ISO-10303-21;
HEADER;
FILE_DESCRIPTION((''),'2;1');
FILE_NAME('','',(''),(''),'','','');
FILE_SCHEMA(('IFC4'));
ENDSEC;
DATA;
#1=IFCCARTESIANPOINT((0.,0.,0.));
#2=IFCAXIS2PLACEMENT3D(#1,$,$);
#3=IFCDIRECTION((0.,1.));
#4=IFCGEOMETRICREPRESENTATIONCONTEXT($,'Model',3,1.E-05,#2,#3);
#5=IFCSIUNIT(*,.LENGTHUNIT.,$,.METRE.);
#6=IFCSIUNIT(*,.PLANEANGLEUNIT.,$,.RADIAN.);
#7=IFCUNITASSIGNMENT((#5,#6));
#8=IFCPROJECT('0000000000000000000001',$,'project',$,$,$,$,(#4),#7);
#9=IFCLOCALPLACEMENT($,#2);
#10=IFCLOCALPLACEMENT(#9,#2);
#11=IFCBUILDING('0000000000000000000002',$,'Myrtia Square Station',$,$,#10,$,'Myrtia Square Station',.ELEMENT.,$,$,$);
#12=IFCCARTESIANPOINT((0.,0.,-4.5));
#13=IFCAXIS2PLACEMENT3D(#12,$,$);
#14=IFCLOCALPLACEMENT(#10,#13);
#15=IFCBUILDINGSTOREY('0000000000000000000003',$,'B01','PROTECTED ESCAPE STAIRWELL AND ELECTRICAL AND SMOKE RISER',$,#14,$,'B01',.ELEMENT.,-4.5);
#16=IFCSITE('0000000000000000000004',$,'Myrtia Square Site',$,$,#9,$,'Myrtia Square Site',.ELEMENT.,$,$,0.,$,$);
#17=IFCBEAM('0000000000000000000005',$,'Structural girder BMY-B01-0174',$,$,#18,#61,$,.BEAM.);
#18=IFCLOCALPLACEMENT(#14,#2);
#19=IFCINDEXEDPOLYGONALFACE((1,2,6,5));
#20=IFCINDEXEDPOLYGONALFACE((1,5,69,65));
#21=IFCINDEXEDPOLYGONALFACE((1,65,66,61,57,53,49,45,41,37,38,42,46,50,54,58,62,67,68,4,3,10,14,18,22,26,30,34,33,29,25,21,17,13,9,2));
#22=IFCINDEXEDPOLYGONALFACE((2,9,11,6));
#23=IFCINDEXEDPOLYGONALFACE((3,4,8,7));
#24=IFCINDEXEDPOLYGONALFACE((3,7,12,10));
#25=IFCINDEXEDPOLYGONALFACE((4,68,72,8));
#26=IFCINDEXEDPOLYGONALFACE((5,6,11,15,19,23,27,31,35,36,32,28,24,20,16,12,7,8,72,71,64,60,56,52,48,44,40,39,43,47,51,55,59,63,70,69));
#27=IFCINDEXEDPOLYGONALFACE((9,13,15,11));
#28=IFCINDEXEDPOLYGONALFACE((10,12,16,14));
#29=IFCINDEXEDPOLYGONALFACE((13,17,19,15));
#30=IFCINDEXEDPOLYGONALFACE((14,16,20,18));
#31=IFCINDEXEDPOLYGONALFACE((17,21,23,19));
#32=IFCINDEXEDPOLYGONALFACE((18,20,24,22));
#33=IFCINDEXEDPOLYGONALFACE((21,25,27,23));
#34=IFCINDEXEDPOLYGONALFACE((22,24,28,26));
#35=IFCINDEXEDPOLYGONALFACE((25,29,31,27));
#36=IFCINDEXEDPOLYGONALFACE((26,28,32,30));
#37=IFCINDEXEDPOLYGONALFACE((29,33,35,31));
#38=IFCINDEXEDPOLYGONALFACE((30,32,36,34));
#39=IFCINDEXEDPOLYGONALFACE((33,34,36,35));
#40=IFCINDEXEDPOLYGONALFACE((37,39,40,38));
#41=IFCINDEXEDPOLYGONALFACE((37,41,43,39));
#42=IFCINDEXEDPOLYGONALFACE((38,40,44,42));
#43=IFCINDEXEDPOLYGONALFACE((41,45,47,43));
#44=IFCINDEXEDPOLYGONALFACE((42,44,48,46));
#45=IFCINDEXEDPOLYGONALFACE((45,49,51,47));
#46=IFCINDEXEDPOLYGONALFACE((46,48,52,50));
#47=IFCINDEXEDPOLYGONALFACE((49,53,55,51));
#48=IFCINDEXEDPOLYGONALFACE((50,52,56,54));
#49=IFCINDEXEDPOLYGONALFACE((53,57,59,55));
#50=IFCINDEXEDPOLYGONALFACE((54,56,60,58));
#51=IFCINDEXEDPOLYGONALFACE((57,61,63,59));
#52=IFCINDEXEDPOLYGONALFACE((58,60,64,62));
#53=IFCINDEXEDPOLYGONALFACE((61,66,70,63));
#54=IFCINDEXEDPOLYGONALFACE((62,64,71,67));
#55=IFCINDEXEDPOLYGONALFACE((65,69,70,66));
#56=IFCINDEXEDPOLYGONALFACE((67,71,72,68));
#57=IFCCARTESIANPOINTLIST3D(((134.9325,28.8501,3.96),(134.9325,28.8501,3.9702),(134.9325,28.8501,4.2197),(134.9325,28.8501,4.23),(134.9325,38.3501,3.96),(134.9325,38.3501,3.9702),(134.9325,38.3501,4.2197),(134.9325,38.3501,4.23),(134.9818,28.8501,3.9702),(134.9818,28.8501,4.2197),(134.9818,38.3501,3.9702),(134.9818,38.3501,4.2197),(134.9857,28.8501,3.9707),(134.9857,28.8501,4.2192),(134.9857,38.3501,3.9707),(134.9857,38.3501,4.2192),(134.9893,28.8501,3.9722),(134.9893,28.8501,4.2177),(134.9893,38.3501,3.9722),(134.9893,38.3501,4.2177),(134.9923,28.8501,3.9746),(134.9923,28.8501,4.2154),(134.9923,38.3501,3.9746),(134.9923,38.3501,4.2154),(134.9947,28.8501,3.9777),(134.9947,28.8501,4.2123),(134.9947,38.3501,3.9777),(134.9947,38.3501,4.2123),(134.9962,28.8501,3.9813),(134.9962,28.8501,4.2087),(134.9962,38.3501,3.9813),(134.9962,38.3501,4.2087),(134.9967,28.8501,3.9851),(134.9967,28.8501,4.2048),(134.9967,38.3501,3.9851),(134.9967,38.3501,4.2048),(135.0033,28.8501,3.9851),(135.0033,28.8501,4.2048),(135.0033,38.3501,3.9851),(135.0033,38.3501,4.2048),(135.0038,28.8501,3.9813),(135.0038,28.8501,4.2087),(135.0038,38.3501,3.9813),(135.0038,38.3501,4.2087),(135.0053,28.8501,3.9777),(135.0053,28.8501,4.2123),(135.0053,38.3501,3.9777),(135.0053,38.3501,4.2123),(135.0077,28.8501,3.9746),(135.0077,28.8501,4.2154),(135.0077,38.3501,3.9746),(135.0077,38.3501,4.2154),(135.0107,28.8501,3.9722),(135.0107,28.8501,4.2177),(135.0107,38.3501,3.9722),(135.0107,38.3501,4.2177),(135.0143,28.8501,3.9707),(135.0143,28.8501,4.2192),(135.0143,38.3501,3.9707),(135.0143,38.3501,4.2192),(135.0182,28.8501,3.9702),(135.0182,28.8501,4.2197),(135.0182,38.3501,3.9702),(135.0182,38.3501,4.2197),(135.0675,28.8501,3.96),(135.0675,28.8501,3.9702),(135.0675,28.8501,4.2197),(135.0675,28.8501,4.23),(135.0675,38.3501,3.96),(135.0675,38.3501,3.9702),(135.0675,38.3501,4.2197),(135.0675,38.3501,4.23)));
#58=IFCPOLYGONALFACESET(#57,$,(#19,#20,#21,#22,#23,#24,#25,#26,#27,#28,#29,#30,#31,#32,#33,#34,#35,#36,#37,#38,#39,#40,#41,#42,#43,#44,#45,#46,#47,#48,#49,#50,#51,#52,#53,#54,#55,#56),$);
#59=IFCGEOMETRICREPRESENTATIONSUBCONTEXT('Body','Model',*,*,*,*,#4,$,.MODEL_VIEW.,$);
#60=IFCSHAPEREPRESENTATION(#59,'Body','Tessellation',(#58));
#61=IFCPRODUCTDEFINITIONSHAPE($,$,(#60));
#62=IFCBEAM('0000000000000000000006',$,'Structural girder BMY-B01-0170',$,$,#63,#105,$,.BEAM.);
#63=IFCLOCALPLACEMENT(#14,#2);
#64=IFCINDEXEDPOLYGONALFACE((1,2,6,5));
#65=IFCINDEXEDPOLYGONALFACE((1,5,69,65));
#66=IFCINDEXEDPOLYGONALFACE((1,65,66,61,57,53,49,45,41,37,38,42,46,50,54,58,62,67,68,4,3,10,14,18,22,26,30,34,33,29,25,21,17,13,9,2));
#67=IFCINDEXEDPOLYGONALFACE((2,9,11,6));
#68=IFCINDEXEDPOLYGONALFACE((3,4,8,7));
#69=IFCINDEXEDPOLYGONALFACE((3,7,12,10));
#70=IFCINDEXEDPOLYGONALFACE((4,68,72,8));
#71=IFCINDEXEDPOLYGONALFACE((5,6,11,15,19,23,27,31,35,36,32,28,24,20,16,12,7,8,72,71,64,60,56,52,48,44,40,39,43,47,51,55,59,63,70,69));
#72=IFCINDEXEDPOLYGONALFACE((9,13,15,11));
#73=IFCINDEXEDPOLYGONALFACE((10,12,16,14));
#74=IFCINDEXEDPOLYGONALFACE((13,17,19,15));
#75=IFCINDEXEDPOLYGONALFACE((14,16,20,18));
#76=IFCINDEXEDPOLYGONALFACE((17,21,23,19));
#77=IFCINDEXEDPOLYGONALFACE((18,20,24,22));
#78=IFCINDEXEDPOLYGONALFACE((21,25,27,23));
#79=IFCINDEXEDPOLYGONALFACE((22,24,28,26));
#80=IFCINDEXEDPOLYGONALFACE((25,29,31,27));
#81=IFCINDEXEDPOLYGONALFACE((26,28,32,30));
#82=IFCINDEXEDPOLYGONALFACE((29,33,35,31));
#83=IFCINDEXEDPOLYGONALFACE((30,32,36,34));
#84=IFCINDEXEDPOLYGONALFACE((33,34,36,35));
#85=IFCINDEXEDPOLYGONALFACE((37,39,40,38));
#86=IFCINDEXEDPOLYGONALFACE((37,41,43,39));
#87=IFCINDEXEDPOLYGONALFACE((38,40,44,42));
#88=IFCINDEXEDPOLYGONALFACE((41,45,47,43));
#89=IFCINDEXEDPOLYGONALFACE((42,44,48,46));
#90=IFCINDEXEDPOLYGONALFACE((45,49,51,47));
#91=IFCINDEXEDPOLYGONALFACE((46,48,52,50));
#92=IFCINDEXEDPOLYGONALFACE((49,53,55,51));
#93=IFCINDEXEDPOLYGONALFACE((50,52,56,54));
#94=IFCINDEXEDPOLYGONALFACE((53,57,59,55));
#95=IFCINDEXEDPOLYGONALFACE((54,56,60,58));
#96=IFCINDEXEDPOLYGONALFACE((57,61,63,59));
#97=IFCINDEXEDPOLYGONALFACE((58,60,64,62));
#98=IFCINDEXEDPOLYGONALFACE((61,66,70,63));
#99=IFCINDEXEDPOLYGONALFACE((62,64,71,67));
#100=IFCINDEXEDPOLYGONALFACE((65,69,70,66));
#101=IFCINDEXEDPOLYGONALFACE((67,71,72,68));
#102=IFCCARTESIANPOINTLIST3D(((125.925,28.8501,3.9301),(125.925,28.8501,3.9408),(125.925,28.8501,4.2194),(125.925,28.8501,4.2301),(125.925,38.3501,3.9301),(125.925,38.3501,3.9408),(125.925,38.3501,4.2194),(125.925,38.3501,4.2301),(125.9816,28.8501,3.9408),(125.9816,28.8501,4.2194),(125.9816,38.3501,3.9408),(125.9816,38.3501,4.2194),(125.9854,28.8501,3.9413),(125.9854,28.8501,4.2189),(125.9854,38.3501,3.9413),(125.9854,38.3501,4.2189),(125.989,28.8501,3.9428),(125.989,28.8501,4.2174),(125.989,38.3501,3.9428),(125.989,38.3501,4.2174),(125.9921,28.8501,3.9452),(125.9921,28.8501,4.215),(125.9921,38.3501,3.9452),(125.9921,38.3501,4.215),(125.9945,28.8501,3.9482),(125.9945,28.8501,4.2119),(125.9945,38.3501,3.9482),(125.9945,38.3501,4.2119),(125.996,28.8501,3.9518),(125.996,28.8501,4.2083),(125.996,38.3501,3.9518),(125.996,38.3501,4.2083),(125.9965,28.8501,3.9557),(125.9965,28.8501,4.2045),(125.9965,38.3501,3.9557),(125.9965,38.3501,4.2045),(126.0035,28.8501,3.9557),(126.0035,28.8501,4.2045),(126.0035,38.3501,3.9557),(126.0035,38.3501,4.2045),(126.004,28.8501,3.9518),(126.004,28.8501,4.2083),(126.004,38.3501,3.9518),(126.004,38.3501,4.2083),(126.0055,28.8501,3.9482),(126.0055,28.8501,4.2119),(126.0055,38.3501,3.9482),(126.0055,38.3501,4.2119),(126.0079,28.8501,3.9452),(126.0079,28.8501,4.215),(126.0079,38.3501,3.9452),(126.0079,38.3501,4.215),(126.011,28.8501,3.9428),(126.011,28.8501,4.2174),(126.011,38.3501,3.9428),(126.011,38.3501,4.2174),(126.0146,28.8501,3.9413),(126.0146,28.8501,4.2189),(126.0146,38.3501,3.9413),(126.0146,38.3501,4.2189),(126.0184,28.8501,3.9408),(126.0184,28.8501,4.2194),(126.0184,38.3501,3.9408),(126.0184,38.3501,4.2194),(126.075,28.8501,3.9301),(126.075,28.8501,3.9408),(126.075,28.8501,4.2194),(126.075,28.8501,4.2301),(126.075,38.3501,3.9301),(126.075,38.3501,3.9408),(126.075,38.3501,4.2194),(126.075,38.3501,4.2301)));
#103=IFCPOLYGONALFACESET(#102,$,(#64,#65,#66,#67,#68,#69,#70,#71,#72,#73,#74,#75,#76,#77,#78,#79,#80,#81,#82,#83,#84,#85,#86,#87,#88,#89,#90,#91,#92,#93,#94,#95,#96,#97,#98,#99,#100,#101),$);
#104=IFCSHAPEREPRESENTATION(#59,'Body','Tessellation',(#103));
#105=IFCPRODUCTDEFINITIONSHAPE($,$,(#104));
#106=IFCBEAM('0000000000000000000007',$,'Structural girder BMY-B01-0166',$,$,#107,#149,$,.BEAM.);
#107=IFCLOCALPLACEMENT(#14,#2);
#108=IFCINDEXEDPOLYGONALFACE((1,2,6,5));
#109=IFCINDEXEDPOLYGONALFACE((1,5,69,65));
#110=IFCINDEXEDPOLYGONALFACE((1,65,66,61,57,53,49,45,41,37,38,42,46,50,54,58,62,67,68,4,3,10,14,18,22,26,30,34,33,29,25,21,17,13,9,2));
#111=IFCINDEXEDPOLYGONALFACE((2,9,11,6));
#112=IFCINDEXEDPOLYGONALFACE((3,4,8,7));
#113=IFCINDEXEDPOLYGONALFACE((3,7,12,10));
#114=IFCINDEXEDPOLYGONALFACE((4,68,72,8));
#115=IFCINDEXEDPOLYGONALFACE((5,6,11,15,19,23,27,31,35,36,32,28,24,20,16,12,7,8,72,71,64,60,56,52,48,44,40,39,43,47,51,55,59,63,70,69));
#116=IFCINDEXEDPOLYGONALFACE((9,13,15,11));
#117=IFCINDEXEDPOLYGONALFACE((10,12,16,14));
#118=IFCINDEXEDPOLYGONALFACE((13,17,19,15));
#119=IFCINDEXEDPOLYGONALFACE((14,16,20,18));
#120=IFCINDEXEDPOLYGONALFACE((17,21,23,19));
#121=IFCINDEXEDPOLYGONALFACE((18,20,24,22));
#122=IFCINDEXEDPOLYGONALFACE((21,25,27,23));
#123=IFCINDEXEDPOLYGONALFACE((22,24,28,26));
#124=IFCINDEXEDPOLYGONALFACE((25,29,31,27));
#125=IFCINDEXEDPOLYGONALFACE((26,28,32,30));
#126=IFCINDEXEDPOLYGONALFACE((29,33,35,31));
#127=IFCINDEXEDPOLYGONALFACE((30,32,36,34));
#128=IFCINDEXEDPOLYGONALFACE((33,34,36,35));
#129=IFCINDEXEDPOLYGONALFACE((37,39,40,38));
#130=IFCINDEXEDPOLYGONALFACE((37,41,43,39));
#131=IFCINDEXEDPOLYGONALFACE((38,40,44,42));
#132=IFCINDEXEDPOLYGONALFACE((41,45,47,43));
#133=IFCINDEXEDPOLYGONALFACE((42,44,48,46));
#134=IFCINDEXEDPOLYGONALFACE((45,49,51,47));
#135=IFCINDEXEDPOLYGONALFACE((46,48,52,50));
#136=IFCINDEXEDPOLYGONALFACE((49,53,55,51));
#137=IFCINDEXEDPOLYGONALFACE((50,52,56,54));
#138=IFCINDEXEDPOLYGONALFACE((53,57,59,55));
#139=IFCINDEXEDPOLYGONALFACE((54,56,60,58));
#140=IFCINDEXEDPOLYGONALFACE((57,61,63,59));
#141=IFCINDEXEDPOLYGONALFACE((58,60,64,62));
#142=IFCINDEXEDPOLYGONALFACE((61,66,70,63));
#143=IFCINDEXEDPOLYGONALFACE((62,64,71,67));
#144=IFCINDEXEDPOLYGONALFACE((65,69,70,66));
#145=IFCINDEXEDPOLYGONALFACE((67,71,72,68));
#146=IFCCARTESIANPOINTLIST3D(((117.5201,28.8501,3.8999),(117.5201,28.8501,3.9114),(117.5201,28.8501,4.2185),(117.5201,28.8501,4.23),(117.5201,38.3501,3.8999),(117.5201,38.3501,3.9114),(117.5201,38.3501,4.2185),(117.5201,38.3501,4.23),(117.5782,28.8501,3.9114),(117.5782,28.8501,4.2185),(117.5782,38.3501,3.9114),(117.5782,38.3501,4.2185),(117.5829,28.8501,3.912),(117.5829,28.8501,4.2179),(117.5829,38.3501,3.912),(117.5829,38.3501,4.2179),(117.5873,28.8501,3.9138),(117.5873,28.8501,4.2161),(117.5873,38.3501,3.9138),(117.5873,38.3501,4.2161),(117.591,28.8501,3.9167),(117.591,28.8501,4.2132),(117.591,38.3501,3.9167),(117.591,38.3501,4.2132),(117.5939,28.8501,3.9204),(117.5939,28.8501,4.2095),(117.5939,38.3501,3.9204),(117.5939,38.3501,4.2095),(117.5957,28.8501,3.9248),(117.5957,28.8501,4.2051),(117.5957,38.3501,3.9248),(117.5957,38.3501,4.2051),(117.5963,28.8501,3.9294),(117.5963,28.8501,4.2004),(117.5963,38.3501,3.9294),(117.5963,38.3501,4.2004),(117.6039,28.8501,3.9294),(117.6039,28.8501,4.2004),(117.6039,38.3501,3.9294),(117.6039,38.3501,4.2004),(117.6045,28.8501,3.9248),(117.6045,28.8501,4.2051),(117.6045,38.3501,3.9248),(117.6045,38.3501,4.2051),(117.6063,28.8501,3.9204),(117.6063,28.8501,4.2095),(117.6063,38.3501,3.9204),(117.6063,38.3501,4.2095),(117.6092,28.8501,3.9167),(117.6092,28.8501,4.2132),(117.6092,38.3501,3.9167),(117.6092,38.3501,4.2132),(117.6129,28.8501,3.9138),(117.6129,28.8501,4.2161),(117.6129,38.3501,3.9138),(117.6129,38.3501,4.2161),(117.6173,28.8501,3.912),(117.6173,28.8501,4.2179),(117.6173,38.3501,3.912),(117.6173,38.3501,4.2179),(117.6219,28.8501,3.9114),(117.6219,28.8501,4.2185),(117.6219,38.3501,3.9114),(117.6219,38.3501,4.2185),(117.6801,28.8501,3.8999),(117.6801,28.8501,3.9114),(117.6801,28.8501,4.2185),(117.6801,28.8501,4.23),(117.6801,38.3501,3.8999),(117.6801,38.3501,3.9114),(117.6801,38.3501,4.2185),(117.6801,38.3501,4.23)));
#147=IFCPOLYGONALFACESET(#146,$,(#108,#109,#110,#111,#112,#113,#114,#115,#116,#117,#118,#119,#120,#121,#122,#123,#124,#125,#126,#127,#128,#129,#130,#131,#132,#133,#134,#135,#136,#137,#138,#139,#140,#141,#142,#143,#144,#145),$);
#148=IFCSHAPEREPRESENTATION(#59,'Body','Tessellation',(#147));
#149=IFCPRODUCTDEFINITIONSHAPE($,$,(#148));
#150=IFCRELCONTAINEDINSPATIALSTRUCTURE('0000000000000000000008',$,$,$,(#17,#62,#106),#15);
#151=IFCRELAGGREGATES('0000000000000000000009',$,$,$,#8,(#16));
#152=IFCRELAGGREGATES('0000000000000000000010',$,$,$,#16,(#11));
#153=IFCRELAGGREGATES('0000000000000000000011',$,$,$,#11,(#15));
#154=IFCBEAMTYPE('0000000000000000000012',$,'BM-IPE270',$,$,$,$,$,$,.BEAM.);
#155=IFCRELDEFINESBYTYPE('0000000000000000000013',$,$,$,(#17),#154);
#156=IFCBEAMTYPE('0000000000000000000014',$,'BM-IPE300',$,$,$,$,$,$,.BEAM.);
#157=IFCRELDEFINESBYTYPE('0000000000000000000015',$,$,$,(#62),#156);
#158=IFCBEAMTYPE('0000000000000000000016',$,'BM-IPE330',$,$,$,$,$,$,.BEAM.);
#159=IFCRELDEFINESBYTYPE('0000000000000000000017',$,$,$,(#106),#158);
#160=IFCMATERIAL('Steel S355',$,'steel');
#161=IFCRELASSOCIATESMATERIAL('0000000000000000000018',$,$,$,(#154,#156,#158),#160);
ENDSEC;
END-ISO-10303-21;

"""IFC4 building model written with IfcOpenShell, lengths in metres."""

from ifc_helpers import new_model, si_unit, direction, frame, origin, origin_2d, place, context, subcontext, project, spatial, i_section, extrude, material, material_profile, profile_set, type_object, element, save


model = new_model("IFC4")

# Units and contexts
model_context = context("Model", 3, precision=1e-05, world=origin(), true_north=direction((0.0, 1.0)))
body_context = subcontext(model_context, "Body", "Model", "MODEL_VIEW")
ifc_project = project(units=[si_unit("LENGTHUNIT", "METRE"), si_unit("PLANEANGLEUNIT", "RADIAN")], contexts=[model_context])

# Site, building, storey
site_placement = place(None, origin())
site = spatial("IfcSite", under=ifc_project, at=site_placement, Name="Myrtia Square Site", LongName="Myrtia Square Site", CompositionType="ELEMENT", RefElevation=0.0)
building_placement = place(site_placement, origin())
building = spatial("IfcBuilding", under=site, at=building_placement, Name="Myrtia Square Station", LongName="Myrtia Square Station", CompositionType="ELEMENT")
storey_placement = place(building_placement, frame((0.0, 0.0, -4.5)))
storey = spatial("IfcBuildingStorey", under=building, at=storey_placement, Name="B01", Description="PROTECTED ESCAPE STAIRWELL AND ELECTRICAL AND SMOKE RISER", LongName="B01", CompositionType="ELEMENT", Elevation=-4.5)

# Shared definitions
ifc_material_1 = material(Name="Steel S355", Category="steel")

# Beams
ifc_material_profile_1 = material_profile(ifc_material_1, i_section(OverallWidth=0.135, OverallDepth=0.27, WebThickness=0.0066, FlangeThickness=0.0103, FilletRadius=0.0149, at=origin_2d()), Name="IPE 270")
ifc_profile_set_1 = profile_set([ifc_material_profile_1], Name="Steel S355")
beam_type_1 = type_object("IfcBeamType", Name="BM-IPE270", PredefinedType="BEAM", material=ifc_profile_set_1)
beam_1_placement = place(storey_placement, frame((135.0, 28.8501, 4.095), z_axis=(0.0, 1.0, 0.0), x_axis=(-1.0, 0.0, 0.0)))
element("IfcBeam", 1, at=beam_1_placement, inside=storey, type_object=beam_type_1, Name="Structural girder BMY-B01-0174", PredefinedType="BEAM", context=body_context, shape_type="SweptSolid", body=[
    extrude(i_section(OverallWidth=0.135, OverallDepth=0.27, WebThickness=0.0066, FlangeThickness=0.0103, FilletRadius=0.0149, at=origin_2d()), origin(), (0.0, 0.0, 1.0), 9.5),
])
ifc_material_profile_2 = material_profile(ifc_material_1, i_section(OverallWidth=0.1499, OverallDepth=0.3, WebThickness=0.0071, FlangeThickness=0.0107, FilletRadius=0.0149, at=origin_2d()), Name="IPE 300")
ifc_profile_set_2 = profile_set([ifc_material_profile_2], Name="Steel S355")
beam_type_2 = type_object("IfcBeamType", Name="BM-IPE300", PredefinedType="BEAM", material=ifc_profile_set_2)
beam_2_placement = place(storey_placement, frame((126.0, 28.8501, 4.0801), z_axis=(0.0, 1.0, 0.0), x_axis=(-1.0, 0.0, 0.0)))
element("IfcBeam", 2, at=beam_2_placement, inside=storey, type_object=beam_type_2, Name="Structural girder BMY-B01-0170", PredefinedType="BEAM", context=body_context, shape_type="SweptSolid", body=[
    extrude(i_section(OverallWidth=0.1499, OverallDepth=0.3, WebThickness=0.0071, FlangeThickness=0.0107, FilletRadius=0.0149, at=origin_2d()), origin(), (0.0, 0.0, 1.0), 9.5),
])
ifc_material_profile_3 = material_profile(ifc_material_1, i_section(OverallWidth=0.1599, OverallDepth=0.3301, WebThickness=0.0076, FlangeThickness=0.0115, FilletRadius=0.0181, at=origin_2d()), Name="IPE 330")
ifc_profile_set_3 = profile_set([ifc_material_profile_3], Name="Steel S355")
beam_type_3 = type_object("IfcBeamType", Name="BM-IPE330", PredefinedType="BEAM", material=ifc_profile_set_3)
beam_3_placement = place(storey_placement, frame((117.6001, 28.8501, 4.0649), z_axis=(0.0, 1.0, 0.0), x_axis=(-1.0, 0.0, 0.0)))
element("IfcBeam", 3, at=beam_3_placement, inside=storey, type_object=beam_type_3, Name="Structural girder BMY-B01-0166", PredefinedType="BEAM", context=body_context, shape_type="SweptSolid", body=[
    extrude(i_section(OverallWidth=0.1599, OverallDepth=0.3301, WebThickness=0.0076, FlangeThickness=0.0115, FilletRadius=0.0181, at=origin_2d()), origin(), (0.0, 0.0, 1.0), 9.5),
])

save(model, "model.ifc")
